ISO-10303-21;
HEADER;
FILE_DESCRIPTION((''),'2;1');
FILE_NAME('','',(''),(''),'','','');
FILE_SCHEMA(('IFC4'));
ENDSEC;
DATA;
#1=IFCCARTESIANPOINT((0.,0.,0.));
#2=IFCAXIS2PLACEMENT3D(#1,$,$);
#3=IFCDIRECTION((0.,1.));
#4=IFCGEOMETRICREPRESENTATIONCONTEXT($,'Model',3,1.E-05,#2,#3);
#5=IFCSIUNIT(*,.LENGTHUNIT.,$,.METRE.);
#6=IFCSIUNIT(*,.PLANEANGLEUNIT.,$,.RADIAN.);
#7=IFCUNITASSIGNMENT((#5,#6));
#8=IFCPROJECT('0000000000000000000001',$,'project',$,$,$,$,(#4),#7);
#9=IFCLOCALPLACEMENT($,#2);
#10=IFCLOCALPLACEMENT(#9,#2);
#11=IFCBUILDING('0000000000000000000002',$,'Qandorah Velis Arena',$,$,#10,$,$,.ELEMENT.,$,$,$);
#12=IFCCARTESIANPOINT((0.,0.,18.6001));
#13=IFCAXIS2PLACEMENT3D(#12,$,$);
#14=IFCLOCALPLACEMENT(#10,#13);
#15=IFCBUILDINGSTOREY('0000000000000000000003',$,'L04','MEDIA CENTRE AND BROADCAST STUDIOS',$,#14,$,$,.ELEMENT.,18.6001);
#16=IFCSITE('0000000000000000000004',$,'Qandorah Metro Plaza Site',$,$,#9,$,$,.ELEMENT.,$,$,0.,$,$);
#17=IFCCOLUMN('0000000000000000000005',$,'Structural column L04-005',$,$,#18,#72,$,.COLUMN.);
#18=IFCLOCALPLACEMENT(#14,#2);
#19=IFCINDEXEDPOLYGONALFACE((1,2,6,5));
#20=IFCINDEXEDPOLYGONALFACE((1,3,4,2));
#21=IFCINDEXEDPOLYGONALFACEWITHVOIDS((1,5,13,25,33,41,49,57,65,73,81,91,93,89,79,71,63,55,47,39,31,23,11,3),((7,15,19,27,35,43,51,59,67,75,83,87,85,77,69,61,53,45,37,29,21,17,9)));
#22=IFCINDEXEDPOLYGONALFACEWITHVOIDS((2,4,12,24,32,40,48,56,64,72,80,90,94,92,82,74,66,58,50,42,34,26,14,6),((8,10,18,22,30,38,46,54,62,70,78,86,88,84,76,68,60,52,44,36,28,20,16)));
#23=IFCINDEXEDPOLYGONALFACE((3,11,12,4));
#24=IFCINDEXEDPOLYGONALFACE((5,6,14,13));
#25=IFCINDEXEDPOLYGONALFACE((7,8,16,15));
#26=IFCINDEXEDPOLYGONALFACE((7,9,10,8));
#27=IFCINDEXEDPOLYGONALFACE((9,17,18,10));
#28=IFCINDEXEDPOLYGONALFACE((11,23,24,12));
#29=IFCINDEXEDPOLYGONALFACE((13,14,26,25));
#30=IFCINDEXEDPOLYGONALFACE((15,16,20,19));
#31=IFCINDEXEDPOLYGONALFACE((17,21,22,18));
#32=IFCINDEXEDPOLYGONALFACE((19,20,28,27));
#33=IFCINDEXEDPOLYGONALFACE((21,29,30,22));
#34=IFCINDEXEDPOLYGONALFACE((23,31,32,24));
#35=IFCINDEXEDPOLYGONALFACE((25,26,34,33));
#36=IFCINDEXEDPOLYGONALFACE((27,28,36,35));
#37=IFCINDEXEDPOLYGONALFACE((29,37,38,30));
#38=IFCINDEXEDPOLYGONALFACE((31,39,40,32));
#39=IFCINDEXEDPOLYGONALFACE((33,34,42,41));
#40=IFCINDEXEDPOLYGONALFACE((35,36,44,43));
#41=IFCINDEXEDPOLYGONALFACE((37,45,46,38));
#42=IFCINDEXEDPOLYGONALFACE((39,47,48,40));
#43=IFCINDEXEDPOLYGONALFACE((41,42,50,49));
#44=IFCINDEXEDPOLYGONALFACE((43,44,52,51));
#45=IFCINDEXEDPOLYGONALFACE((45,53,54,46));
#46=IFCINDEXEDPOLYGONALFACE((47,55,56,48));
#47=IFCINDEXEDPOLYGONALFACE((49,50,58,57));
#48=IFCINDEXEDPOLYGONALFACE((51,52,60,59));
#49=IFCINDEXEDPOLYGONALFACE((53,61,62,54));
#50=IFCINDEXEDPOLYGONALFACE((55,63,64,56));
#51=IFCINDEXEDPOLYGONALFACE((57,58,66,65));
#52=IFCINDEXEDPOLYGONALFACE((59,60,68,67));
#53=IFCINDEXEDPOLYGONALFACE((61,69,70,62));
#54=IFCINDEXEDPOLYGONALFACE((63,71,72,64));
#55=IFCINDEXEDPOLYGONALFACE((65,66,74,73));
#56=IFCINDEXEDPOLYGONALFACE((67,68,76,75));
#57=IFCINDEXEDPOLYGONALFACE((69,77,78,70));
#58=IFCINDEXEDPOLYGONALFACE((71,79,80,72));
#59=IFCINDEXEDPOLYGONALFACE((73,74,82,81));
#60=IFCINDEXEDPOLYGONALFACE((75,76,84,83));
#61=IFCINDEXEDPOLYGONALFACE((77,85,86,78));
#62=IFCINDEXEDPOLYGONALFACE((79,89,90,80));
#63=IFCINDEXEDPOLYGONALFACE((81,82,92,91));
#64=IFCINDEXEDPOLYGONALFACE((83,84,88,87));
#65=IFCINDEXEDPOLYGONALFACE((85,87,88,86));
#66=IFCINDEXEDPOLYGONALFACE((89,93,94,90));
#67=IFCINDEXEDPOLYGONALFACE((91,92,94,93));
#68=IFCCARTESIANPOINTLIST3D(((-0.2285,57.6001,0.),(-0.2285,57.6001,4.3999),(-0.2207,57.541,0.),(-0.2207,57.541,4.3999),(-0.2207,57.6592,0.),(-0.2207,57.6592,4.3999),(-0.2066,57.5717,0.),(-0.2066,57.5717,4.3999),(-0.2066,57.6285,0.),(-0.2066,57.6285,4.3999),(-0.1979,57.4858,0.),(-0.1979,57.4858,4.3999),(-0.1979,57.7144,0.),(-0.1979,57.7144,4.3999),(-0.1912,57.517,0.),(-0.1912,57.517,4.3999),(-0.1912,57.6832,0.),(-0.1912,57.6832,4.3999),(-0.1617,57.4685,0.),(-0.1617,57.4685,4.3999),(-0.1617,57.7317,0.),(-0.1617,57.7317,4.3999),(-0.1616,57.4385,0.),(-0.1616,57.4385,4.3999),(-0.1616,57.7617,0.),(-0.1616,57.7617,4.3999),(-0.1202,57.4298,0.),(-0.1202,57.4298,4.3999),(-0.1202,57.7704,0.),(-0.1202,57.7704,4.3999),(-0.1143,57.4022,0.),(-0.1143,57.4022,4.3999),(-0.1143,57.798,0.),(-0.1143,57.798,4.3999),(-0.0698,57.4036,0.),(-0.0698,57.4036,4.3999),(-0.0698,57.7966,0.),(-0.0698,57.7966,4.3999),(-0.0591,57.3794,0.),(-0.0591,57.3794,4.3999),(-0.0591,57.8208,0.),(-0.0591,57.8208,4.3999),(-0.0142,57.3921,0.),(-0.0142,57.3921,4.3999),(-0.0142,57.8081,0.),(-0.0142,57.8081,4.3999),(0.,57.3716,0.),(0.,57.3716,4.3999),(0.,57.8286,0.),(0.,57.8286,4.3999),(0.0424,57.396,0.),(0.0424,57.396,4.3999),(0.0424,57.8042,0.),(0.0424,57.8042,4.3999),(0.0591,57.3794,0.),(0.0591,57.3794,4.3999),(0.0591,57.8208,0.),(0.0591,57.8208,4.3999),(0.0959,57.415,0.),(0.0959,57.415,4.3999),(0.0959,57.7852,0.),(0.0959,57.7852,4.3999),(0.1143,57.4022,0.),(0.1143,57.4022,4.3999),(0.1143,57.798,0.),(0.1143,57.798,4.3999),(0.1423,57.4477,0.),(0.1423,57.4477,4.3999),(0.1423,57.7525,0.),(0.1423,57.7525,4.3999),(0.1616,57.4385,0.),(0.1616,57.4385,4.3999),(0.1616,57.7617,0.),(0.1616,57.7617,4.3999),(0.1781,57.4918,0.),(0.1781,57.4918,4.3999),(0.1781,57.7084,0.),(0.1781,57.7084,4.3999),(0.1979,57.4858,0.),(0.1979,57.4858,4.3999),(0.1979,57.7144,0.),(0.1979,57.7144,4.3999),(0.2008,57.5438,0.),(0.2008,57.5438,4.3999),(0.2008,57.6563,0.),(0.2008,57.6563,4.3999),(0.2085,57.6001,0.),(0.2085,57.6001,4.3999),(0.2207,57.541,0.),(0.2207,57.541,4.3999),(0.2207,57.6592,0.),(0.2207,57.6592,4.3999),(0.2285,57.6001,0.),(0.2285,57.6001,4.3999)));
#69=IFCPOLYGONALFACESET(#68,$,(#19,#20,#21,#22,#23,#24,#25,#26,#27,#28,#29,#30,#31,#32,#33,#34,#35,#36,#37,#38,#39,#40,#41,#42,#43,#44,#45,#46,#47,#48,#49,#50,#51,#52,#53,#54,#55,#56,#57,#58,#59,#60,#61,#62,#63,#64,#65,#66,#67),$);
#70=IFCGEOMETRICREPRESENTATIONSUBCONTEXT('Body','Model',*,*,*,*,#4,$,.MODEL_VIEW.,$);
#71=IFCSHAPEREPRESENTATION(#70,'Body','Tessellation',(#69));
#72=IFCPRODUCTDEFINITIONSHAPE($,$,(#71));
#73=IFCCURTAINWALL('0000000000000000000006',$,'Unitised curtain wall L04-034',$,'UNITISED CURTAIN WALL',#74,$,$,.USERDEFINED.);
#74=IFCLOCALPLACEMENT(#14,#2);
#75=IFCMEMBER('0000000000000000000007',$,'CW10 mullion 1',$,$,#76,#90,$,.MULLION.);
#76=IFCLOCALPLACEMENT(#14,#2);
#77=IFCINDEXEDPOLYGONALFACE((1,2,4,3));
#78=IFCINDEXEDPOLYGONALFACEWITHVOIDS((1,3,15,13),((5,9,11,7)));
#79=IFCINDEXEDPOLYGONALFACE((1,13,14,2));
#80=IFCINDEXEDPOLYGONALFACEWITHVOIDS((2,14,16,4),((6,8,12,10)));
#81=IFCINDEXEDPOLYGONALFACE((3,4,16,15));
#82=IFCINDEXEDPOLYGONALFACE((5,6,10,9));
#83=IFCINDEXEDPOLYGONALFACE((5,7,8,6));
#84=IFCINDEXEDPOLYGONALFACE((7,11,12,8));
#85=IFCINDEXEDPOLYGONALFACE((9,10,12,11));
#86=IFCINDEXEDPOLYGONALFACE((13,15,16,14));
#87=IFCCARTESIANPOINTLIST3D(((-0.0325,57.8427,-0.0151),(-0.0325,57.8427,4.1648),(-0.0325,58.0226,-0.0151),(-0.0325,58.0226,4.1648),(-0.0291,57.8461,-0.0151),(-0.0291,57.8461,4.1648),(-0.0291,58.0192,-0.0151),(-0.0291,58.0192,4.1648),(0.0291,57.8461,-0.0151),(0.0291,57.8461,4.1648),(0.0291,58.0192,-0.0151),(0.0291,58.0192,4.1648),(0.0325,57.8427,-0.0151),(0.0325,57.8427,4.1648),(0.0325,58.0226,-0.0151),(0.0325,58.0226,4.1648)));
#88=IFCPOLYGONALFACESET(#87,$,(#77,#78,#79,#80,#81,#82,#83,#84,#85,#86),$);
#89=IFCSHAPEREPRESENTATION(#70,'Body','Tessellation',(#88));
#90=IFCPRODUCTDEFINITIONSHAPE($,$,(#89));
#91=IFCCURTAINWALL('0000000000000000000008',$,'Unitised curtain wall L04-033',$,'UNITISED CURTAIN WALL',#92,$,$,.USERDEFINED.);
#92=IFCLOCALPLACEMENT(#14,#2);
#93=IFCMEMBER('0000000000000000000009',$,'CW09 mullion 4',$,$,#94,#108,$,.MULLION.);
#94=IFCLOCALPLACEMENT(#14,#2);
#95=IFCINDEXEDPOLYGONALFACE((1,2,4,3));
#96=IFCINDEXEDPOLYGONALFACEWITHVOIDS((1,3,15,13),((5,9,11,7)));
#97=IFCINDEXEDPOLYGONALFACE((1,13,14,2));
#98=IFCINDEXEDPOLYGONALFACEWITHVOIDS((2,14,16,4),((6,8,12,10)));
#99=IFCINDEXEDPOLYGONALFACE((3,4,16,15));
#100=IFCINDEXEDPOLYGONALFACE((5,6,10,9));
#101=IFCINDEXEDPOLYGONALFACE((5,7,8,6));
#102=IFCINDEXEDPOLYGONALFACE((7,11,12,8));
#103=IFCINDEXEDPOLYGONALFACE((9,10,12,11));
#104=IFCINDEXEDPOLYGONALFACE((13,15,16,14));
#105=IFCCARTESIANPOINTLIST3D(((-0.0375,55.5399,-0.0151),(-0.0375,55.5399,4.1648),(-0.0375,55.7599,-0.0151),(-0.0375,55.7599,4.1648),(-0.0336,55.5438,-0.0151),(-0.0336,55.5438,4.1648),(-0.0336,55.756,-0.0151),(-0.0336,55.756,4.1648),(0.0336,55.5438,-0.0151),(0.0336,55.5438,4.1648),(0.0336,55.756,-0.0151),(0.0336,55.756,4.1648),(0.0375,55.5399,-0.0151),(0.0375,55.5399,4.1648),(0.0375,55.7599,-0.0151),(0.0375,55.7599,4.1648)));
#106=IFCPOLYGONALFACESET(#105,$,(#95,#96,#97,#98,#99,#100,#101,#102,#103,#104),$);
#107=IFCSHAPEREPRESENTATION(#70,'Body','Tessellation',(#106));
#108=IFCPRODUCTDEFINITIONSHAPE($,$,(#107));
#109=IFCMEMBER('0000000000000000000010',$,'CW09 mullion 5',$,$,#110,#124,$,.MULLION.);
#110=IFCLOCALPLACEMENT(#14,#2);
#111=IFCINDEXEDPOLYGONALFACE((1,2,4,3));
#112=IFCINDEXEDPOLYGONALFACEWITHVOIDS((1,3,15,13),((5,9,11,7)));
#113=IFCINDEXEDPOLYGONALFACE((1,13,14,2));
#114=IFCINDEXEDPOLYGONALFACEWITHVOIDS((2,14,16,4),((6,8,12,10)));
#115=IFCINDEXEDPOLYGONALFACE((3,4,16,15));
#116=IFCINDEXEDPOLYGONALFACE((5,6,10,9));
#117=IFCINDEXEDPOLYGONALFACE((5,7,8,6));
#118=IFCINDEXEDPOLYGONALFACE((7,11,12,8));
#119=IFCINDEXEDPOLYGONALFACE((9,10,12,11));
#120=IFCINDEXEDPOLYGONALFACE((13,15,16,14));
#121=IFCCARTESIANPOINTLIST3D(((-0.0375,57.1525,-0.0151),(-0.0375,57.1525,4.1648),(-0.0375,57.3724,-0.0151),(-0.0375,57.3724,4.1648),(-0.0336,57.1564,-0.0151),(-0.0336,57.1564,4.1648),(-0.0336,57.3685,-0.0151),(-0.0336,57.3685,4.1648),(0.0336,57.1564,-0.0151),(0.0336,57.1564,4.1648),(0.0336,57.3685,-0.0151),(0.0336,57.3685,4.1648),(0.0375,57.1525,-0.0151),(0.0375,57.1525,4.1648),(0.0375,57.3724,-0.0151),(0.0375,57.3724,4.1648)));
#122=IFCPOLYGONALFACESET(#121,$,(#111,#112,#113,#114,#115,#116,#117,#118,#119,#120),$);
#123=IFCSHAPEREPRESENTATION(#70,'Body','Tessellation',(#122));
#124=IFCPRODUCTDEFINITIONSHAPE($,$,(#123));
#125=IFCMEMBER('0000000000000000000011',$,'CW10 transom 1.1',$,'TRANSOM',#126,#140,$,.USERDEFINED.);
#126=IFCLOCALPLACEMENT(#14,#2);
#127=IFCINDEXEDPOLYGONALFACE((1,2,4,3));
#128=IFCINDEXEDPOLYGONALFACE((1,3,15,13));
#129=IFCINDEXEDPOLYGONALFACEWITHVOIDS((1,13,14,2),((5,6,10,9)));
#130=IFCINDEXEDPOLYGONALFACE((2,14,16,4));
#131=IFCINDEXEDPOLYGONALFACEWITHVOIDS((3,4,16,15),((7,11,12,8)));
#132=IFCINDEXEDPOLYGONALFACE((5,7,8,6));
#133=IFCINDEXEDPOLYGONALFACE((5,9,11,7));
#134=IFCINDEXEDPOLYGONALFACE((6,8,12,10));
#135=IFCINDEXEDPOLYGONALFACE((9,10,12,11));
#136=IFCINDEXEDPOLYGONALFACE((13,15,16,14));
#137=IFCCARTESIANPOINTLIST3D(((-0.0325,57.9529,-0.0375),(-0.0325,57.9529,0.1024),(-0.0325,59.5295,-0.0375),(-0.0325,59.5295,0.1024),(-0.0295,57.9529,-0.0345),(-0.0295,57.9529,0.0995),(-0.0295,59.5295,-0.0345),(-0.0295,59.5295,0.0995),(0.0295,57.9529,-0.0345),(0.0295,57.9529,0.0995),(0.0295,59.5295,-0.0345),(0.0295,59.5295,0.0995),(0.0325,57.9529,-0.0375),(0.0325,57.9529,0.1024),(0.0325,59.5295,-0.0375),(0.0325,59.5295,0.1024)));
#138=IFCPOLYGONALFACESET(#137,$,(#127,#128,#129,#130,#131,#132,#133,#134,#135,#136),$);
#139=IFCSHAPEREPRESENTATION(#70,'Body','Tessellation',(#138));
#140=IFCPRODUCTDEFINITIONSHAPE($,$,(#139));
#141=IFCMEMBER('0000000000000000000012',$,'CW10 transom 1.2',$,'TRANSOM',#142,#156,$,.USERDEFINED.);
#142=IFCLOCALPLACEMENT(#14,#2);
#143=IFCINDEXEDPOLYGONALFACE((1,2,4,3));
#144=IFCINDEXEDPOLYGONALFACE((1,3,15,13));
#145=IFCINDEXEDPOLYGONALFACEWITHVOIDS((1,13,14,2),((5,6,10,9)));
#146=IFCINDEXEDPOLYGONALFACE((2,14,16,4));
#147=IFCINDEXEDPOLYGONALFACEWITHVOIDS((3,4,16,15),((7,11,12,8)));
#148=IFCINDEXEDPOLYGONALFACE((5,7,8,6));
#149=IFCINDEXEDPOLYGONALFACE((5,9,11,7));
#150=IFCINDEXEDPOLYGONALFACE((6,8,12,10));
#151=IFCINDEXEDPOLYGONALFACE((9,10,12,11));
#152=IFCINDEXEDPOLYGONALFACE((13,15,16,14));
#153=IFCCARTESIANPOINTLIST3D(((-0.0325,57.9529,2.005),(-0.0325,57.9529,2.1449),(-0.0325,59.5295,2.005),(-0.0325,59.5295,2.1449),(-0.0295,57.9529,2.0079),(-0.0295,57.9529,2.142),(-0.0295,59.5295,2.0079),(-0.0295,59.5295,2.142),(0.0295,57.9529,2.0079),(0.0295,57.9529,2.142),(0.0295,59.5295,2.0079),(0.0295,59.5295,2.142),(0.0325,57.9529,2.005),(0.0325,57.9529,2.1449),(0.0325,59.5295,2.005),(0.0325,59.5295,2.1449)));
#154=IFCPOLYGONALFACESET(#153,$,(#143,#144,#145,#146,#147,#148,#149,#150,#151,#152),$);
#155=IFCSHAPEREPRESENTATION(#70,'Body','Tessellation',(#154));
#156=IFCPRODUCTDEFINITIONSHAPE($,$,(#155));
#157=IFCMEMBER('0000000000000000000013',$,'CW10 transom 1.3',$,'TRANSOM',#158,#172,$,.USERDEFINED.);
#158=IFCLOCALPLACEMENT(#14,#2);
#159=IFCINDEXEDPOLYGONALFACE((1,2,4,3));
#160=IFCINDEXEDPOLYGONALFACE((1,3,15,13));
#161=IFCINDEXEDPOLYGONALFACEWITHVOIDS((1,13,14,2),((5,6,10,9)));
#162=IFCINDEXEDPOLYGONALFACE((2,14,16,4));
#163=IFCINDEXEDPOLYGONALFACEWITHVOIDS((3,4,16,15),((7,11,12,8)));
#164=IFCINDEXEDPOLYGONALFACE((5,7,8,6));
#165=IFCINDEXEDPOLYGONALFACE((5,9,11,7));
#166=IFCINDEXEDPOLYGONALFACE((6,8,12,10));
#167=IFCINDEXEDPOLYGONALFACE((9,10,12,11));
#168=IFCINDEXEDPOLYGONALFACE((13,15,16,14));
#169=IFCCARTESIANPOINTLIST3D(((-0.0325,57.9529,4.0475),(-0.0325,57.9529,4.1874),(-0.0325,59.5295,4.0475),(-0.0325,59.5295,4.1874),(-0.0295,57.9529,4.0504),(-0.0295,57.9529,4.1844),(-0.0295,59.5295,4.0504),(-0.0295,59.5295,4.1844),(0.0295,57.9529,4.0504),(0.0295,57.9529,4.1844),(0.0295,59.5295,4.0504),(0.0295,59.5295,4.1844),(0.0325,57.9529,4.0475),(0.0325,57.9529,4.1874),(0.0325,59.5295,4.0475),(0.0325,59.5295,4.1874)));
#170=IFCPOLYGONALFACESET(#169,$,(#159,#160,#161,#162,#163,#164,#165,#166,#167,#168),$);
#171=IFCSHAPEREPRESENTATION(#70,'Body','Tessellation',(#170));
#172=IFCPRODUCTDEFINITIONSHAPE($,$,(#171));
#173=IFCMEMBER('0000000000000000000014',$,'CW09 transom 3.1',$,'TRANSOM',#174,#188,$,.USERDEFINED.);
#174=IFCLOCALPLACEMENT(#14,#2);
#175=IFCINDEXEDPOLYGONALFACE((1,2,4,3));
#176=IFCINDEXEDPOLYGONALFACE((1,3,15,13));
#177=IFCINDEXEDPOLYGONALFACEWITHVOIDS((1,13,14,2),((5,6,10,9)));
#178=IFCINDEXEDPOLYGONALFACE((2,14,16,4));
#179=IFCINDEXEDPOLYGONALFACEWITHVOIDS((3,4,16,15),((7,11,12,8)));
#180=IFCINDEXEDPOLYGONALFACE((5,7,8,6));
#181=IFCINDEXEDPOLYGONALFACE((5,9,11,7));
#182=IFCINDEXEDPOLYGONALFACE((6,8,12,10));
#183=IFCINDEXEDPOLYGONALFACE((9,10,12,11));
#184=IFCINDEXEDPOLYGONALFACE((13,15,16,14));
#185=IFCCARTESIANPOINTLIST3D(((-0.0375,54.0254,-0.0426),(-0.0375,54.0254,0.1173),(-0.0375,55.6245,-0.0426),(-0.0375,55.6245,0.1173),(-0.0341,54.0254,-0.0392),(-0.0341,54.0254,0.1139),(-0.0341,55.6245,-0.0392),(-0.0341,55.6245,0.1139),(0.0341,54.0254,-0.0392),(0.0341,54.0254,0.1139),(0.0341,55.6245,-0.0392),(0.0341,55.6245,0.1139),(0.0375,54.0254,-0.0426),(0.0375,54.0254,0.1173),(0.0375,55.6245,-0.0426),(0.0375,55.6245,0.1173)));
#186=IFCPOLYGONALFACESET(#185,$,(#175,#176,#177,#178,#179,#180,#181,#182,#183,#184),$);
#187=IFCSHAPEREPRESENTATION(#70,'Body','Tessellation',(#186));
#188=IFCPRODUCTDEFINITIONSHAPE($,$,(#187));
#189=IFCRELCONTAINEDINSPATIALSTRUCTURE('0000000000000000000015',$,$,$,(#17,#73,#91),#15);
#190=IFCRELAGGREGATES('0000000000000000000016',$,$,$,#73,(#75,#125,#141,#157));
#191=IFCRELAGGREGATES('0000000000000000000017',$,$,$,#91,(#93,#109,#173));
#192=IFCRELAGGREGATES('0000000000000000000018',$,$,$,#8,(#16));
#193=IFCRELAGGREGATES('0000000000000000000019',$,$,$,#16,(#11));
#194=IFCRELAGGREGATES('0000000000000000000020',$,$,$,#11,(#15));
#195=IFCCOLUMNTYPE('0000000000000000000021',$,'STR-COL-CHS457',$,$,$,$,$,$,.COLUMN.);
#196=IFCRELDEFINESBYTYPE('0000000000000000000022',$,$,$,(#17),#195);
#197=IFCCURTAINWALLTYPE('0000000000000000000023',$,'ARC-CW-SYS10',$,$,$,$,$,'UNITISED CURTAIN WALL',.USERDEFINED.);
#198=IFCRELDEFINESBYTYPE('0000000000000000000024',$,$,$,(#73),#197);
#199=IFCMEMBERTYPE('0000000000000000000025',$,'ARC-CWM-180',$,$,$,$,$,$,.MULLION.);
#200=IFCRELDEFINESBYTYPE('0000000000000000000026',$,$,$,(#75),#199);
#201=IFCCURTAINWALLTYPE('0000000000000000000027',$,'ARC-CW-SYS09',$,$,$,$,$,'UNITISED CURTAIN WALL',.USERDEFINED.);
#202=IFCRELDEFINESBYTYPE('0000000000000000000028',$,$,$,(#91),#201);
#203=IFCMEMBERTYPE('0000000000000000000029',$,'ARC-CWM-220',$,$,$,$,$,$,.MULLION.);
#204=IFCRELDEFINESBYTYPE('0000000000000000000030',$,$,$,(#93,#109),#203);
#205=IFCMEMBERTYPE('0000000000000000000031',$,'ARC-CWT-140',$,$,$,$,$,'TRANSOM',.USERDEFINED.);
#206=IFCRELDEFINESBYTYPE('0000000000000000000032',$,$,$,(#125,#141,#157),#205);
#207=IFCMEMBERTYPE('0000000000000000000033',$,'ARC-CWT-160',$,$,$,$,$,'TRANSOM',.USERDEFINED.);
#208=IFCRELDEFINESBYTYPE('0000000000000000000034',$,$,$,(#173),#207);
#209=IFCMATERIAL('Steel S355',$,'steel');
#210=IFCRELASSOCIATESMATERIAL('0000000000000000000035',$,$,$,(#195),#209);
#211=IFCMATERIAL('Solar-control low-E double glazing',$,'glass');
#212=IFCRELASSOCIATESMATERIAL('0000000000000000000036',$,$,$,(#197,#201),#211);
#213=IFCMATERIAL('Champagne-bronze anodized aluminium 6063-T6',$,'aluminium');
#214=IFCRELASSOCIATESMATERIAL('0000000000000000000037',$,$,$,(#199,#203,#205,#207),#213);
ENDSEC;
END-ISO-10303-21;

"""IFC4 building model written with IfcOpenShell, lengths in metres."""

from ifc_helpers import new_model, si_unit, direction, frame, origin, origin_2d, place, context, subcontext, project, spatial, hollow_rectangle, hollow_circle, extrude, material, material_profile, profile_set, type_object, element, aggregate, save


model = new_model("IFC4")

# Units and contexts
model_context = context("Model", 3, precision=1e-05, world=origin(), true_north=direction((0.0, 1.0)))
body_context = subcontext(model_context, "Body", "Model", "MODEL_VIEW")
ifc_project = project(units=[si_unit("LENGTHUNIT", "METRE"), si_unit("PLANEANGLEUNIT", "RADIAN")], contexts=[model_context])

# Site, building, storey
site_placement = place(None, origin())
site = spatial("IfcSite", under=ifc_project, at=site_placement, Name="Qandorah Metro Plaza Site", CompositionType="ELEMENT", RefElevation=0.0)
building_placement = place(site_placement, origin())
building = spatial("IfcBuilding", under=site, at=building_placement, Name="Qandorah Velis Arena", CompositionType="ELEMENT")
storey_placement = place(building_placement, frame((0.0, 0.0, 18.6001)))
storey = spatial("IfcBuildingStorey", under=building, at=storey_placement, Name="L04", Description="MEDIA CENTRE AND BROADCAST STUDIOS", CompositionType="ELEMENT", Elevation=18.6001)

# Column
ifc_material_1 = material(Name="Steel S355", Category="steel")
ifc_material_profile_1 = material_profile(ifc_material_1, hollow_circle(Radius=0.2285, WallThickness=0.02, at=origin_2d()), Name="CHS 457x20")
ifc_profile_set_1 = profile_set([ifc_material_profile_1], Name="Steel S355")
column_type = type_object("IfcColumnType", Name="STR-COL-CHS457", PredefinedType="COLUMN", material=ifc_profile_set_1)
column_placement = place(storey_placement, frame((0.0, 57.6001, 0.0), z_axis=(0.0, 0.0, 1.0), x_axis=(1.0, 0.0, 0.0)))
element("IfcColumn", 1, at=column_placement, inside=storey, type_object=column_type, Name="Structural column L04-005", PredefinedType="COLUMN", context=body_context, shape_type="SweptSolid", body=[
    extrude(hollow_circle(Radius=0.2285, WallThickness=0.02, at=origin_2d()), origin(), (0.0, 0.0, 1.0), 4.3999),
])

# Curtain wall, member
ifc_material_2 = material(Name="Solar-control low-E double glazing", Category="glass")
curtain_wall_type_1 = type_object("IfcCurtainWallType", Name="ARC-CW-SYS10", ElementType="UNITISED CURTAIN WALL", PredefinedType="USERDEFINED", material=ifc_material_2)
curtain_wall_1_placement = place(storey_placement, origin())
curtain_wall_1 = element("IfcCurtainWall", 2, at=curtain_wall_1_placement, inside=storey, type_object=curtain_wall_type_1, Name="Unitised curtain wall L04-034", ObjectType="UNITISED CURTAIN WALL", PredefinedType="USERDEFINED")
ifc_material_3 = material(Name="Champagne-bronze anodized aluminium 6063-T6", Category="aluminium")
ifc_material_profile_2 = material_profile(ifc_material_3, hollow_rectangle(XDim=0.0649, YDim=0.1799, WallThickness=0.0034, at=origin_2d()), Name="ALU MULLION 65x180")
ifc_profile_set_2 = profile_set([ifc_material_profile_2], Name="Champagne-bronze anodized aluminium 6063-T6")
member_type_1 = type_object("IfcMemberType", Name="ARC-CWM-180", PredefinedType="MULLION", material=ifc_profile_set_2)
member_1_placement = place(storey_placement, frame((0.0, 57.9326, -0.0151), z_axis=(0.0, 0.0, 1.0), x_axis=(-1.0, 0.0, 0.0)))
member_1 = element("IfcMember", 3, at=member_1_placement, type_object=member_type_1, Name="CW10 mullion 1", PredefinedType="MULLION", context=body_context, shape_type="SweptSolid", body=[
    extrude(hollow_rectangle(XDim=0.0649, YDim=0.1799, WallThickness=0.0034, at=origin_2d()), origin(), (0.0, 0.0, 1.0), 4.1799),
])

# Curtain wall, members
curtain_wall_type_2 = type_object("IfcCurtainWallType", Name="ARC-CW-SYS09", ElementType="UNITISED CURTAIN WALL", PredefinedType="USERDEFINED", material=ifc_material_2)
curtain_wall_2_placement = place(storey_placement, origin())
curtain_wall_2 = element("IfcCurtainWall", 4, at=curtain_wall_2_placement, inside=storey, type_object=curtain_wall_type_2, Name="Unitised curtain wall L04-033", ObjectType="UNITISED CURTAIN WALL", PredefinedType="USERDEFINED")
ifc_material_profile_3 = material_profile(ifc_material_3, hollow_rectangle(XDim=0.075, YDim=0.22, WallThickness=0.0039, at=origin_2d()), Name="ALU MULLION 75x220")
ifc_profile_set_3 = profile_set([ifc_material_profile_3], Name="Champagne-bronze anodized aluminium 6063-T6")
member_type_2 = type_object("IfcMemberType", Name="ARC-CWM-220", PredefinedType="MULLION", material=ifc_profile_set_3)
member_2_placement = place(storey_placement, frame((0.0, 55.6499, -0.0151), z_axis=(0.0, 0.0, 1.0), x_axis=(-1.0, 0.0, 0.0)))
member_2 = element("IfcMember", 5, at=member_2_placement, type_object=member_type_2, Name="CW09 mullion 4", PredefinedType="MULLION", context=body_context, shape_type="SweptSolid", body=[
    extrude(hollow_rectangle(XDim=0.075, YDim=0.22, WallThickness=0.0039, at=origin_2d()), origin(), (0.0, 0.0, 1.0), 4.1799),
])
member_3_placement = place(storey_placement, frame((0.0, 57.2625, -0.0151), z_axis=(0.0, 0.0, 1.0), x_axis=(-1.0, 0.0, 0.0)))
member_3 = element("IfcMember", 6, at=member_3_placement, type_object=member_type_2, Name="CW09 mullion 5", PredefinedType="MULLION", context=body_context, shape_type="SweptSolid", body=[
    extrude(hollow_rectangle(XDim=0.075, YDim=0.22, WallThickness=0.0039, at=origin_2d()), origin(), (0.0, 0.0, 1.0), 4.1799),
])

# Members
ifc_material_profile_4 = material_profile(ifc_material_3, hollow_rectangle(XDim=0.0649, YDim=0.1399, WallThickness=0.0029, at=origin_2d()), Name="ALU TRANSOM 65x140")
ifc_profile_set_4 = profile_set([ifc_material_profile_4], Name="Champagne-bronze anodized aluminium 6063-T6")
member_type_3 = type_object("IfcMemberType", Name="ARC-CWT-140", ElementType="TRANSOM", PredefinedType="USERDEFINED", material=ifc_profile_set_4)
member_4_placement = place(storey_placement, frame((0.0, 57.9529, 0.0325), z_axis=(0.0, 1.0, 0.0), x_axis=(-1.0, 0.0, 0.0)))
member_4 = element("IfcMember", 7, at=member_4_placement, type_object=member_type_3, Name="CW10 transom 1.1", ObjectType="TRANSOM", PredefinedType="USERDEFINED", context=body_context, shape_type="SweptSolid", body=[
    extrude(hollow_rectangle(XDim=0.0649, YDim=0.1399, WallThickness=0.0029, at=origin_2d()), origin(), (0.0, 0.0, 1.0), 1.5767),
])
member_5_placement = place(storey_placement, frame((0.0, 57.9529, 2.075), z_axis=(0.0, 1.0, 0.0), x_axis=(-1.0, 0.0, 0.0)))
member_5 = element("IfcMember", 8, at=member_5_placement, type_object=member_type_3, Name="CW10 transom 1.2", ObjectType="TRANSOM", PredefinedType="USERDEFINED", context=body_context, shape_type="SweptSolid", body=[
    extrude(hollow_rectangle(XDim=0.0649, YDim=0.1399, WallThickness=0.0029, at=origin_2d()), origin(), (0.0, 0.0, 1.0), 1.5767),
])
member_6_placement = place(storey_placement, frame((0.0, 57.9529, 4.1174), z_axis=(0.0, 1.0, 0.0), x_axis=(-1.0, 0.0, 0.0)))
member_6 = element("IfcMember", 9, at=member_6_placement, type_object=member_type_3, Name="CW10 transom 1.3", ObjectType="TRANSOM", PredefinedType="USERDEFINED", context=body_context, shape_type="SweptSolid", body=[
    extrude(hollow_rectangle(XDim=0.0649, YDim=0.1399, WallThickness=0.0029, at=origin_2d()), origin(), (0.0, 0.0, 1.0), 1.5767),
])
aggregate(curtain_wall_1, [member_1, member_4, member_5, member_6])
ifc_material_profile_5 = material_profile(ifc_material_3, hollow_rectangle(XDim=0.075, YDim=0.1599, WallThickness=0.0034, at=origin_2d()), Name="ALU TRANSOM 75x160")
ifc_profile_set_5 = profile_set([ifc_material_profile_5], Name="Champagne-bronze anodized aluminium 6063-T6")
member_type_4 = type_object("IfcMemberType", Name="ARC-CWT-160", ElementType="TRANSOM", PredefinedType="USERDEFINED", material=ifc_profile_set_5)
member_7_placement = place(storey_placement, frame((0.0, 54.0254, 0.0374), z_axis=(0.0, 1.0, 0.0), x_axis=(-1.0, 0.0, 0.0)))
member_7 = element("IfcMember", 10, at=member_7_placement, type_object=member_type_4, Name="CW09 transom 3.1", ObjectType="TRANSOM", PredefinedType="USERDEFINED", context=body_context, shape_type="SweptSolid", body=[
    extrude(hollow_rectangle(XDim=0.075, YDim=0.1599, WallThickness=0.0034, at=origin_2d()), origin(), (0.0, 0.0, 1.0), 1.5991),
])

aggregate(curtain_wall_2, [member_2, member_3, member_7])

save(model, "model.ifc")
